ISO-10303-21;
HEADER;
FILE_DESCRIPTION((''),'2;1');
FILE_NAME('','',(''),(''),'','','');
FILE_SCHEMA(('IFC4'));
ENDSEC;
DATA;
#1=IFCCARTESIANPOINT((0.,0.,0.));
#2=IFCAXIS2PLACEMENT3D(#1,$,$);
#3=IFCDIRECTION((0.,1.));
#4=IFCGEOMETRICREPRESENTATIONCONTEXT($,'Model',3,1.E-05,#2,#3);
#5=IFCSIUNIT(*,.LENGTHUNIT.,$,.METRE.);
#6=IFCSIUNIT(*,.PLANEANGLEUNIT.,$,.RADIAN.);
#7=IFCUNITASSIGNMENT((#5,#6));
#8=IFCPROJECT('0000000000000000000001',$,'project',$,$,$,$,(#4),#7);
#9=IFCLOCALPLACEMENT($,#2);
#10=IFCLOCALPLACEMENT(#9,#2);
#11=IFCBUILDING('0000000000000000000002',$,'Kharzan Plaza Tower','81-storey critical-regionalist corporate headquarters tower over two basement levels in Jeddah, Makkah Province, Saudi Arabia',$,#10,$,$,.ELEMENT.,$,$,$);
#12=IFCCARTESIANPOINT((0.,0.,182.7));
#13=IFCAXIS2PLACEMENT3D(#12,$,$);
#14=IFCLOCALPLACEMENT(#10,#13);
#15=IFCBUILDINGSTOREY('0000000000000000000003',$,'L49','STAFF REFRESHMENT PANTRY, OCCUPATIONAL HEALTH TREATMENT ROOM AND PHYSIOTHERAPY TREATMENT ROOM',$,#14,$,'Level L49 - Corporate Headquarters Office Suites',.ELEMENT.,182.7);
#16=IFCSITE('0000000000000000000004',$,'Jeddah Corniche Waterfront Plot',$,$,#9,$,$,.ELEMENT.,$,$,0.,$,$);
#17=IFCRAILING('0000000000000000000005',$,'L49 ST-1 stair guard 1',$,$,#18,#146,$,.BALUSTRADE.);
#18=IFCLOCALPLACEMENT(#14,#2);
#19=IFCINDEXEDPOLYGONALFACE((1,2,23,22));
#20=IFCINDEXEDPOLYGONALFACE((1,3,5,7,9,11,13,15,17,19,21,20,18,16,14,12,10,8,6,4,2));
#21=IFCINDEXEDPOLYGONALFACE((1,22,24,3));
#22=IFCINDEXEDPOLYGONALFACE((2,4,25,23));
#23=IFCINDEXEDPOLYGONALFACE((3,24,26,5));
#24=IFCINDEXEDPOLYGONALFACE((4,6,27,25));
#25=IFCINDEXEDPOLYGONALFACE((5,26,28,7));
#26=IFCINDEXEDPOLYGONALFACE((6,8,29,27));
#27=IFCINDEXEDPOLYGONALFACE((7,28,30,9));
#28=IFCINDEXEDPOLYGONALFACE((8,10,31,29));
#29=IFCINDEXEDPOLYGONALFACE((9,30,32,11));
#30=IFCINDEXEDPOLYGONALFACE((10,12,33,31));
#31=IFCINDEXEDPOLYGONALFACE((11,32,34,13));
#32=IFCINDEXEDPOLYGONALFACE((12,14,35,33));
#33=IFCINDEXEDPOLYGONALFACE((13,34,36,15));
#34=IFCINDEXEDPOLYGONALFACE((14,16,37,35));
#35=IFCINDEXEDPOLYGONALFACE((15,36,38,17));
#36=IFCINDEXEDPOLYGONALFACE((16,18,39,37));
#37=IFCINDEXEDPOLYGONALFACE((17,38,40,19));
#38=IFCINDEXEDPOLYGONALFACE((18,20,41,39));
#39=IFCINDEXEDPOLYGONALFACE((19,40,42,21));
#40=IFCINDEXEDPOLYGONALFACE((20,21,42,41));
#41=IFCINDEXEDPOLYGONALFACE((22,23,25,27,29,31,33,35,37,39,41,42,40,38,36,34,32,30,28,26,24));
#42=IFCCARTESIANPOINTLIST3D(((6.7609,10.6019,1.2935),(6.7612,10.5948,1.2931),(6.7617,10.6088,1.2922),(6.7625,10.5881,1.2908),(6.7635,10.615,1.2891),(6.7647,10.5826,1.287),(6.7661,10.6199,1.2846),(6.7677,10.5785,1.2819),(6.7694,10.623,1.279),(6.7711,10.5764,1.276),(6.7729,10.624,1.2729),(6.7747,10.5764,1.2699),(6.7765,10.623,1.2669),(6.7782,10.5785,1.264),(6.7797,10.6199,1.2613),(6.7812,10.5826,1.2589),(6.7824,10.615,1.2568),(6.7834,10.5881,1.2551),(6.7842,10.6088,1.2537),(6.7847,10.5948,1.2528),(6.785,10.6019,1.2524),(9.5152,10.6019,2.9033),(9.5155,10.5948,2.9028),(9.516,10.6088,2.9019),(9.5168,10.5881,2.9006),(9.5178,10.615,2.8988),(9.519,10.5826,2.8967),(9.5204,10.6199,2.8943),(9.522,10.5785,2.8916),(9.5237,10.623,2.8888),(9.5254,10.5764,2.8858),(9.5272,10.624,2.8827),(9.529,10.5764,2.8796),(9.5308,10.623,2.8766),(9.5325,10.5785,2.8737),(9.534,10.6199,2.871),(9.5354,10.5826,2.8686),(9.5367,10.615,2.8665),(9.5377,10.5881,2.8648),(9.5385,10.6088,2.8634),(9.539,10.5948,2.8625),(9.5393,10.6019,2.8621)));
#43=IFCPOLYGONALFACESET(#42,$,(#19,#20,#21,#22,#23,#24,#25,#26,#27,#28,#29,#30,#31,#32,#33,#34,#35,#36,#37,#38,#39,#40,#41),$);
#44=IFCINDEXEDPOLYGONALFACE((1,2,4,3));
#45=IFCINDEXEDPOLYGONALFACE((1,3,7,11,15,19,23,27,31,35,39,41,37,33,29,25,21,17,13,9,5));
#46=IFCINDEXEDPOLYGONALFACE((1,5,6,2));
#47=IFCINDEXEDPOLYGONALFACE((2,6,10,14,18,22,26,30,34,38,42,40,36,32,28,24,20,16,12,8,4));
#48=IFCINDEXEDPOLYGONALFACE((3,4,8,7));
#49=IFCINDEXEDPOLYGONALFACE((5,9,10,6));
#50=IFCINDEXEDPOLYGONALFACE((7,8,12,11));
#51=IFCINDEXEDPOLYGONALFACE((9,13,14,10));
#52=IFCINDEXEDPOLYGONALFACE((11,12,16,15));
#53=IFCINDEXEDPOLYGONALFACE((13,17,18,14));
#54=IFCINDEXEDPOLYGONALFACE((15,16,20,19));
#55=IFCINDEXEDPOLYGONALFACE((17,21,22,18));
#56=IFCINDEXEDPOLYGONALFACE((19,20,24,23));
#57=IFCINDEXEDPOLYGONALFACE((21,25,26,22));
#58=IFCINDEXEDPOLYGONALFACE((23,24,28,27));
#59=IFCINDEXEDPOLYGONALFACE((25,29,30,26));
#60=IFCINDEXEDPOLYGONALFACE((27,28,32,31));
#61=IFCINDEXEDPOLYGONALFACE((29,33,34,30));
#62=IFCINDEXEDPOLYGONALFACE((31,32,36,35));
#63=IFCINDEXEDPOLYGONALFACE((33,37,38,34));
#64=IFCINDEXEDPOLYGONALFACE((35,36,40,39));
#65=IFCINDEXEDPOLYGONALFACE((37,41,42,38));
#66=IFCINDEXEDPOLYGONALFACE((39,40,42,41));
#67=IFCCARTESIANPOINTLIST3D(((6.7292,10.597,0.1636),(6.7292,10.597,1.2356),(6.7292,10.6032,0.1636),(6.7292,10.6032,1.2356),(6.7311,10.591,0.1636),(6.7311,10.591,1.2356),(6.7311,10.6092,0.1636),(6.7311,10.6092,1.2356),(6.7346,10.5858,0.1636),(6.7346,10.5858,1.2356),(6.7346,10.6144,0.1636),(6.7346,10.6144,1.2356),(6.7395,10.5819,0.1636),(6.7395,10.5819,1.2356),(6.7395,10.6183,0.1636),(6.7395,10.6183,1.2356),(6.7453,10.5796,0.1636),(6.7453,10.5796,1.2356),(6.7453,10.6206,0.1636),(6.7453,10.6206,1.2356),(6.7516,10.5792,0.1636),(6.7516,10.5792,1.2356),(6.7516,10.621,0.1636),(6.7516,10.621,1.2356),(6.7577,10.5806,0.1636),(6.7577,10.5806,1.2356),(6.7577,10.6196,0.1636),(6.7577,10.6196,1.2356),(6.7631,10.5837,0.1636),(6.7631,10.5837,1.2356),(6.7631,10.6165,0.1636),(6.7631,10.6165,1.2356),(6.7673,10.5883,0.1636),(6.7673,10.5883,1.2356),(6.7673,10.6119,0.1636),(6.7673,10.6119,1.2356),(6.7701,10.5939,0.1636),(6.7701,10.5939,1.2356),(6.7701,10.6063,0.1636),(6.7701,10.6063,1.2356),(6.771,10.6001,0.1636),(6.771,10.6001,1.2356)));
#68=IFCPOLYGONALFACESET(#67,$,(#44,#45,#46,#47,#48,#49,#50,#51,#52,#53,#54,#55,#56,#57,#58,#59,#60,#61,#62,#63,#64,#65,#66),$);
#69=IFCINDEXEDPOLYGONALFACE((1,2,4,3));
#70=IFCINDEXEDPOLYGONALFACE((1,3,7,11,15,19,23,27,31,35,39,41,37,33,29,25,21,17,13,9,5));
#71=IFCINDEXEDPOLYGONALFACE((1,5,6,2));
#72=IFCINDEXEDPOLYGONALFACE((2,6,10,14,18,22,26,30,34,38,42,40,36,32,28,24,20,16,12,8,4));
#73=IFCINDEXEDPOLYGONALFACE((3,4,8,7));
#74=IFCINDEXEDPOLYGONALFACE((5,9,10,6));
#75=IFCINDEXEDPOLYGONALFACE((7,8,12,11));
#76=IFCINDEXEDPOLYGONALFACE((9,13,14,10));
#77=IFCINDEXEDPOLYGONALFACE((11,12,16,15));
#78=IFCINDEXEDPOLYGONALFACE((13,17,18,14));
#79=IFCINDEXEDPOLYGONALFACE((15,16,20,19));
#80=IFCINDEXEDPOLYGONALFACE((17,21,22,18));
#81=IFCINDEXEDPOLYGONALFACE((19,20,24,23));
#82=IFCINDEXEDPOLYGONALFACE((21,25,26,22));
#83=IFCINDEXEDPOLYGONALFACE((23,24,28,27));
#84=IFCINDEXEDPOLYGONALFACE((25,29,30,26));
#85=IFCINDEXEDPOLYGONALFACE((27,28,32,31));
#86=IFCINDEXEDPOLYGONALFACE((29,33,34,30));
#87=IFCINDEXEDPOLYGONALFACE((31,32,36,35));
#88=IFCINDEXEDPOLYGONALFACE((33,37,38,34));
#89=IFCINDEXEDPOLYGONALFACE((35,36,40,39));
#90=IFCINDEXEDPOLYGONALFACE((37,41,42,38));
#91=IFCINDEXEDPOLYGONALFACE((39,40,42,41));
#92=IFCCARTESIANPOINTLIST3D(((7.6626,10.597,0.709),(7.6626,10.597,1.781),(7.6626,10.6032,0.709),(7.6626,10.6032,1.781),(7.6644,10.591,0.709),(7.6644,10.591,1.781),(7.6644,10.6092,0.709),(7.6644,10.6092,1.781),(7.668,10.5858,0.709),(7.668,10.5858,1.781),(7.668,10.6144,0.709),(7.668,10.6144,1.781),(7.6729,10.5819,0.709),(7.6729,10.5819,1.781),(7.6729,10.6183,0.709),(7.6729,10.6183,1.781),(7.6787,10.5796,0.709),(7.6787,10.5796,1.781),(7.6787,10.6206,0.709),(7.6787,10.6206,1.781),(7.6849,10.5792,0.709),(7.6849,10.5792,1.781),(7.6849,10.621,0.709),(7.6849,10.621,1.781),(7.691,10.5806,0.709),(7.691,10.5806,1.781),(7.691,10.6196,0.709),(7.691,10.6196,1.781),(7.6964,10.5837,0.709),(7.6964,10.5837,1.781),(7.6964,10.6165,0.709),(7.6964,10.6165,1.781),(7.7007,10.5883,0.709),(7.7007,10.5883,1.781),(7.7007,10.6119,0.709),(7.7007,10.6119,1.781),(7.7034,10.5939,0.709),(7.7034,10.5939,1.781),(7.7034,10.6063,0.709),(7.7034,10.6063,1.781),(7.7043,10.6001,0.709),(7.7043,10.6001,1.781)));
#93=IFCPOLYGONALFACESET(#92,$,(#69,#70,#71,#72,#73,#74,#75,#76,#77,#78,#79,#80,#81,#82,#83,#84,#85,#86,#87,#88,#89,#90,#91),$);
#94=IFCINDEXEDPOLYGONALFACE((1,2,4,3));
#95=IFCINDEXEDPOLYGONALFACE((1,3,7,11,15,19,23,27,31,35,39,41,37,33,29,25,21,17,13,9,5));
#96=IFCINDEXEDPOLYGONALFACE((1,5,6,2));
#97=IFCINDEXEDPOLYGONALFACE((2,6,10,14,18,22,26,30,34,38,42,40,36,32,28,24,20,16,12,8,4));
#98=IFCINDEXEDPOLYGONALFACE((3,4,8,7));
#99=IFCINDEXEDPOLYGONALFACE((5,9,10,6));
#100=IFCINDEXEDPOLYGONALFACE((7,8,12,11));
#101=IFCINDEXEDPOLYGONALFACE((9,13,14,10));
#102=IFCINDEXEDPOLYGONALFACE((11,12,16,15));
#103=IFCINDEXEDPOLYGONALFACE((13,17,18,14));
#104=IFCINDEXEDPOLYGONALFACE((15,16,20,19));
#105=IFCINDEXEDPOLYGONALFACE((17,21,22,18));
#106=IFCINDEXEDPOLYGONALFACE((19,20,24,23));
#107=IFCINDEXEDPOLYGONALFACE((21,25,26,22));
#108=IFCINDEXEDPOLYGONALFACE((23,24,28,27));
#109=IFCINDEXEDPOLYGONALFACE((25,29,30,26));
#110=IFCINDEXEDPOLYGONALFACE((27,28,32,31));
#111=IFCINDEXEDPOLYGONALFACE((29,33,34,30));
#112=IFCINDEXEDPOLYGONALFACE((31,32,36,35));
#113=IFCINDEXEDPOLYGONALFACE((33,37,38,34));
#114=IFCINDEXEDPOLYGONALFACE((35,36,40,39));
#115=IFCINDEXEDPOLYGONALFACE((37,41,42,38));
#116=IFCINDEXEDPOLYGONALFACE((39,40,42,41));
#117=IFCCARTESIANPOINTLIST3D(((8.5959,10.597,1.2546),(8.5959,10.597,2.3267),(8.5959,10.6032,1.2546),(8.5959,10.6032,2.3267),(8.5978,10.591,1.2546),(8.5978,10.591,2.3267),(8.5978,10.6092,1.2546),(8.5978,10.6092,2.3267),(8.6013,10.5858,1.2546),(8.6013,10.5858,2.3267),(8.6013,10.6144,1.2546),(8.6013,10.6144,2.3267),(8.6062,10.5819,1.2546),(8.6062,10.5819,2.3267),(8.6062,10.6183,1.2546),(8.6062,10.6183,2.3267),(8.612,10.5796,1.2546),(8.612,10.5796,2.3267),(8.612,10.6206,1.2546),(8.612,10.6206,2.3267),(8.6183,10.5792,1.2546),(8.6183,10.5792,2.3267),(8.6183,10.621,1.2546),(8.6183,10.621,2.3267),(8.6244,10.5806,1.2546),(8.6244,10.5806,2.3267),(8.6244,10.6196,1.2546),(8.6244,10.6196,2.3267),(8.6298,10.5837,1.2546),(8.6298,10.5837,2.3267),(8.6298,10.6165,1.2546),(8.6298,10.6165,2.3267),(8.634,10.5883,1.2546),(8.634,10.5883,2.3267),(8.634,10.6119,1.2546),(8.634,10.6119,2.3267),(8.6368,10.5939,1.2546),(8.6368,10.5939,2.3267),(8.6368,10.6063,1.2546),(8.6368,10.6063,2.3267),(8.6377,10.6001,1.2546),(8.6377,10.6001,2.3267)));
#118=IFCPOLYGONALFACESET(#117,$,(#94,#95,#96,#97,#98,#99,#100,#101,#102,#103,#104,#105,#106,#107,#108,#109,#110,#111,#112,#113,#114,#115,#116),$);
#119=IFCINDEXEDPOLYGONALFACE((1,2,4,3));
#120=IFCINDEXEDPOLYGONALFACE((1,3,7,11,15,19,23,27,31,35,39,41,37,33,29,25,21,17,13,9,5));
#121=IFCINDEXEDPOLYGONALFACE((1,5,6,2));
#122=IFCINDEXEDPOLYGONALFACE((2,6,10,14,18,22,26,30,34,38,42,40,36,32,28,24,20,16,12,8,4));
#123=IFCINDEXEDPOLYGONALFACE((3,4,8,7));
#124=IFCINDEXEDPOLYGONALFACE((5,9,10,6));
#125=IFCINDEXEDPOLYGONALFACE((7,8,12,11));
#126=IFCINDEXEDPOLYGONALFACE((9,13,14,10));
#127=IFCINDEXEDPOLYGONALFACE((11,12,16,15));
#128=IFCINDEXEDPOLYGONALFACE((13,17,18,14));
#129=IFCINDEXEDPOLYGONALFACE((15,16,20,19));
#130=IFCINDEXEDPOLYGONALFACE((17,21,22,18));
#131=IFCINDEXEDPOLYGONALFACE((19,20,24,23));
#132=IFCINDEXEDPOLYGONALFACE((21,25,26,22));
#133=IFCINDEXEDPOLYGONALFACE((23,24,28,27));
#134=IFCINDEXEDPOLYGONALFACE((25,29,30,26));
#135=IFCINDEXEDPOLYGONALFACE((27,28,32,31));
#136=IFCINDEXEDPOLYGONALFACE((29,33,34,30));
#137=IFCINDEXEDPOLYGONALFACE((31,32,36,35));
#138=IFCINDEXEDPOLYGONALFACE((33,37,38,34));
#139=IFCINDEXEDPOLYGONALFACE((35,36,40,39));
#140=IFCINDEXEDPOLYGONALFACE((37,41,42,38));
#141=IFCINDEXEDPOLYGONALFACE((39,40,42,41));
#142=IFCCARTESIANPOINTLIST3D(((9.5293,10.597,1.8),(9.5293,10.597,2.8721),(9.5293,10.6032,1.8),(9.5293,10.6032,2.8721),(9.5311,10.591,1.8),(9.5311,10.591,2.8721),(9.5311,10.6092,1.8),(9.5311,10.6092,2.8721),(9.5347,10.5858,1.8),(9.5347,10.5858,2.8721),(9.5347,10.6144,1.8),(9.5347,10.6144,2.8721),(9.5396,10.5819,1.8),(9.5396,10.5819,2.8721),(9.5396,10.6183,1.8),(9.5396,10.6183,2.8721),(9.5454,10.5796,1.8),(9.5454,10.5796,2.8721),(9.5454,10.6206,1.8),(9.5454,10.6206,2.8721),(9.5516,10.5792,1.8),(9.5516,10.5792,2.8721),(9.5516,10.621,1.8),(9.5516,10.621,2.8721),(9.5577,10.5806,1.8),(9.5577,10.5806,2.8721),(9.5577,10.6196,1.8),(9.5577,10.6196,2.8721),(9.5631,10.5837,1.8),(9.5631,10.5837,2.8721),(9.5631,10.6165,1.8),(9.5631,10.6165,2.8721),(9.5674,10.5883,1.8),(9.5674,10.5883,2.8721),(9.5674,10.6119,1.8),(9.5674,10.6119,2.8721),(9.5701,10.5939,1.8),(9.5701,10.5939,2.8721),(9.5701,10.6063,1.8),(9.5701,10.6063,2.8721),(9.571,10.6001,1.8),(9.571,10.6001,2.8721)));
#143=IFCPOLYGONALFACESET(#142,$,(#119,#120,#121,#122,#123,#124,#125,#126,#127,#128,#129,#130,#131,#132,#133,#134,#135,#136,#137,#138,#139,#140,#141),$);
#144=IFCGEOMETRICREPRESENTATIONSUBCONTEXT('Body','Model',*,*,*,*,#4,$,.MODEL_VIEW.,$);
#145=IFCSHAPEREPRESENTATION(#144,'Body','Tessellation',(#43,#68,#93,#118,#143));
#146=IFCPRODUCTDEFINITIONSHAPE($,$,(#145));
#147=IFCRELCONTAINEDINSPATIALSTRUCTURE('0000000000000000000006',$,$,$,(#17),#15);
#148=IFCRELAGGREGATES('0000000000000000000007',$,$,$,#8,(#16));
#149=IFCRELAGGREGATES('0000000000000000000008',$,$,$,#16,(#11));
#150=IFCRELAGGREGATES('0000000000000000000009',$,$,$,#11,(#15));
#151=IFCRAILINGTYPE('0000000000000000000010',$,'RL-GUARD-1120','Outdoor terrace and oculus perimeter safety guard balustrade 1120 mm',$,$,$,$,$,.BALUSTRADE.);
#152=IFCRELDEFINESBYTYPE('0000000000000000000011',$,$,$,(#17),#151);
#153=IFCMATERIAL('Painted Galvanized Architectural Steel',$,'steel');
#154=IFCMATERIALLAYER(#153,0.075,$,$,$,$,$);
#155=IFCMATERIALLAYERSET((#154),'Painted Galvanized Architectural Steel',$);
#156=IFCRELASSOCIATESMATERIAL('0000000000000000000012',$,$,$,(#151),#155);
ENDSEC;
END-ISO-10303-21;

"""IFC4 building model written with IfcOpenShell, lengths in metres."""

from ifc_helpers import new_model, si_unit, direction, frame, origin, origin_2d, place, context, subcontext, project, spatial, circle, extrude, source, transform, mapped, material, layer, layer_set, type_object, element, save


model = new_model("IFC4")

# Units and contexts
model_context = context("Model", 3, precision=1e-05, world=origin(), true_north=direction((0.0, 1.0)))
body_context = subcontext(model_context, "Body", "Model", "MODEL_VIEW")
ifc_project = project(units=[si_unit("LENGTHUNIT", "METRE"), si_unit("PLANEANGLEUNIT", "RADIAN")], contexts=[model_context])

# Site, building, storey
site_placement = place(None, origin())
site = spatial("IfcSite", under=ifc_project, at=site_placement, Name="Jeddah Corniche Waterfront Plot", CompositionType="ELEMENT", RefElevation=0.0)
building_placement = place(site_placement, origin())
building = spatial("IfcBuilding", under=site, at=building_placement, Name="Kharzan Plaza Tower", Description="81-storey critical-regionalist corporate headquarters tower over two basement levels in Jeddah, Makkah Province, Saudi Arabia", CompositionType="ELEMENT")
storey_placement = place(building_placement, frame((0.0, 0.0, 182.7)))
storey = spatial("IfcBuildingStorey", under=building, at=storey_placement, Name="L49", Description="STAFF REFRESHMENT PANTRY, OCCUPATIONAL HEALTH TREATMENT ROOM AND PHYSIOTHERAPY TREATMENT ROOM", LongName="Level L49 - Corporate Headquarters Office Suites", CompositionType="ELEMENT", Elevation=182.7)

# Railing
ifc_material_1 = material(Name="Painted Galvanized Architectural Steel", Category="steel")
ifc_layer_1 = layer(ifc_material_1, 0.075)
ifc_layer_set_1 = layer_set([ifc_layer_1], Name="Painted Galvanized Architectural Steel")
railing_type = type_object("IfcRailingType", Name="RL-GUARD-1120", Description="Outdoor terrace and oculus perimeter safety guard balustrade 1120 mm", PredefinedType="BALUSTRADE", material=ifc_layer_set_1)
shared_shape_1 = source(origin(), body_context, "Body", "SweptSolid", [
    extrude(circle(Radius=0.0239, at=origin_2d()), frame((0.0229, 0.0, 1.1094), z_axis=(0.863361, 0.0, 0.504587), x_axis=(0.0, 1.0, 0.0)), (0.0, 0.0, 1.0), 3.1902),
    extrude(circle(Radius=0.021, at=origin_2d()), origin(), (0.0, 0.0, 1.0), 1.072),
    extrude(circle(Radius=0.021, at=origin_2d()), frame((0.9333, 0.0, 0.5454)), (0.0, 0.0, 1.0), 1.072),
    extrude(circle(Radius=0.021, at=origin_2d()), frame((1.8667, 0.0, 1.0911)), (0.0, 0.0, 1.0), 1.072),
    extrude(circle(Radius=0.021, at=origin_2d()), frame((2.8, 0.0, 1.6365)), (0.0, 0.0, 1.0), 1.072),
])
railing_1_placement = place(storey_placement, frame((6.75, 10.6001, 0.1636)))
element("IfcRailing", 1, at=railing_1_placement, inside=storey, type_object=railing_type, Name="L49 ST-1 stair guard 1", PredefinedType="BALUSTRADE", context=body_context, shape_type="MappedRepresentation", body=[
    mapped(shared_shape_1, transform((0.0, 0.0, 0.0), x_axis=(1.0, 0.0, 0.0), y_axis=(0.0, 1.0, 0.0), z_axis=(0.0, 0.0, 1.0))),
])

save(model, "model.ifc")
